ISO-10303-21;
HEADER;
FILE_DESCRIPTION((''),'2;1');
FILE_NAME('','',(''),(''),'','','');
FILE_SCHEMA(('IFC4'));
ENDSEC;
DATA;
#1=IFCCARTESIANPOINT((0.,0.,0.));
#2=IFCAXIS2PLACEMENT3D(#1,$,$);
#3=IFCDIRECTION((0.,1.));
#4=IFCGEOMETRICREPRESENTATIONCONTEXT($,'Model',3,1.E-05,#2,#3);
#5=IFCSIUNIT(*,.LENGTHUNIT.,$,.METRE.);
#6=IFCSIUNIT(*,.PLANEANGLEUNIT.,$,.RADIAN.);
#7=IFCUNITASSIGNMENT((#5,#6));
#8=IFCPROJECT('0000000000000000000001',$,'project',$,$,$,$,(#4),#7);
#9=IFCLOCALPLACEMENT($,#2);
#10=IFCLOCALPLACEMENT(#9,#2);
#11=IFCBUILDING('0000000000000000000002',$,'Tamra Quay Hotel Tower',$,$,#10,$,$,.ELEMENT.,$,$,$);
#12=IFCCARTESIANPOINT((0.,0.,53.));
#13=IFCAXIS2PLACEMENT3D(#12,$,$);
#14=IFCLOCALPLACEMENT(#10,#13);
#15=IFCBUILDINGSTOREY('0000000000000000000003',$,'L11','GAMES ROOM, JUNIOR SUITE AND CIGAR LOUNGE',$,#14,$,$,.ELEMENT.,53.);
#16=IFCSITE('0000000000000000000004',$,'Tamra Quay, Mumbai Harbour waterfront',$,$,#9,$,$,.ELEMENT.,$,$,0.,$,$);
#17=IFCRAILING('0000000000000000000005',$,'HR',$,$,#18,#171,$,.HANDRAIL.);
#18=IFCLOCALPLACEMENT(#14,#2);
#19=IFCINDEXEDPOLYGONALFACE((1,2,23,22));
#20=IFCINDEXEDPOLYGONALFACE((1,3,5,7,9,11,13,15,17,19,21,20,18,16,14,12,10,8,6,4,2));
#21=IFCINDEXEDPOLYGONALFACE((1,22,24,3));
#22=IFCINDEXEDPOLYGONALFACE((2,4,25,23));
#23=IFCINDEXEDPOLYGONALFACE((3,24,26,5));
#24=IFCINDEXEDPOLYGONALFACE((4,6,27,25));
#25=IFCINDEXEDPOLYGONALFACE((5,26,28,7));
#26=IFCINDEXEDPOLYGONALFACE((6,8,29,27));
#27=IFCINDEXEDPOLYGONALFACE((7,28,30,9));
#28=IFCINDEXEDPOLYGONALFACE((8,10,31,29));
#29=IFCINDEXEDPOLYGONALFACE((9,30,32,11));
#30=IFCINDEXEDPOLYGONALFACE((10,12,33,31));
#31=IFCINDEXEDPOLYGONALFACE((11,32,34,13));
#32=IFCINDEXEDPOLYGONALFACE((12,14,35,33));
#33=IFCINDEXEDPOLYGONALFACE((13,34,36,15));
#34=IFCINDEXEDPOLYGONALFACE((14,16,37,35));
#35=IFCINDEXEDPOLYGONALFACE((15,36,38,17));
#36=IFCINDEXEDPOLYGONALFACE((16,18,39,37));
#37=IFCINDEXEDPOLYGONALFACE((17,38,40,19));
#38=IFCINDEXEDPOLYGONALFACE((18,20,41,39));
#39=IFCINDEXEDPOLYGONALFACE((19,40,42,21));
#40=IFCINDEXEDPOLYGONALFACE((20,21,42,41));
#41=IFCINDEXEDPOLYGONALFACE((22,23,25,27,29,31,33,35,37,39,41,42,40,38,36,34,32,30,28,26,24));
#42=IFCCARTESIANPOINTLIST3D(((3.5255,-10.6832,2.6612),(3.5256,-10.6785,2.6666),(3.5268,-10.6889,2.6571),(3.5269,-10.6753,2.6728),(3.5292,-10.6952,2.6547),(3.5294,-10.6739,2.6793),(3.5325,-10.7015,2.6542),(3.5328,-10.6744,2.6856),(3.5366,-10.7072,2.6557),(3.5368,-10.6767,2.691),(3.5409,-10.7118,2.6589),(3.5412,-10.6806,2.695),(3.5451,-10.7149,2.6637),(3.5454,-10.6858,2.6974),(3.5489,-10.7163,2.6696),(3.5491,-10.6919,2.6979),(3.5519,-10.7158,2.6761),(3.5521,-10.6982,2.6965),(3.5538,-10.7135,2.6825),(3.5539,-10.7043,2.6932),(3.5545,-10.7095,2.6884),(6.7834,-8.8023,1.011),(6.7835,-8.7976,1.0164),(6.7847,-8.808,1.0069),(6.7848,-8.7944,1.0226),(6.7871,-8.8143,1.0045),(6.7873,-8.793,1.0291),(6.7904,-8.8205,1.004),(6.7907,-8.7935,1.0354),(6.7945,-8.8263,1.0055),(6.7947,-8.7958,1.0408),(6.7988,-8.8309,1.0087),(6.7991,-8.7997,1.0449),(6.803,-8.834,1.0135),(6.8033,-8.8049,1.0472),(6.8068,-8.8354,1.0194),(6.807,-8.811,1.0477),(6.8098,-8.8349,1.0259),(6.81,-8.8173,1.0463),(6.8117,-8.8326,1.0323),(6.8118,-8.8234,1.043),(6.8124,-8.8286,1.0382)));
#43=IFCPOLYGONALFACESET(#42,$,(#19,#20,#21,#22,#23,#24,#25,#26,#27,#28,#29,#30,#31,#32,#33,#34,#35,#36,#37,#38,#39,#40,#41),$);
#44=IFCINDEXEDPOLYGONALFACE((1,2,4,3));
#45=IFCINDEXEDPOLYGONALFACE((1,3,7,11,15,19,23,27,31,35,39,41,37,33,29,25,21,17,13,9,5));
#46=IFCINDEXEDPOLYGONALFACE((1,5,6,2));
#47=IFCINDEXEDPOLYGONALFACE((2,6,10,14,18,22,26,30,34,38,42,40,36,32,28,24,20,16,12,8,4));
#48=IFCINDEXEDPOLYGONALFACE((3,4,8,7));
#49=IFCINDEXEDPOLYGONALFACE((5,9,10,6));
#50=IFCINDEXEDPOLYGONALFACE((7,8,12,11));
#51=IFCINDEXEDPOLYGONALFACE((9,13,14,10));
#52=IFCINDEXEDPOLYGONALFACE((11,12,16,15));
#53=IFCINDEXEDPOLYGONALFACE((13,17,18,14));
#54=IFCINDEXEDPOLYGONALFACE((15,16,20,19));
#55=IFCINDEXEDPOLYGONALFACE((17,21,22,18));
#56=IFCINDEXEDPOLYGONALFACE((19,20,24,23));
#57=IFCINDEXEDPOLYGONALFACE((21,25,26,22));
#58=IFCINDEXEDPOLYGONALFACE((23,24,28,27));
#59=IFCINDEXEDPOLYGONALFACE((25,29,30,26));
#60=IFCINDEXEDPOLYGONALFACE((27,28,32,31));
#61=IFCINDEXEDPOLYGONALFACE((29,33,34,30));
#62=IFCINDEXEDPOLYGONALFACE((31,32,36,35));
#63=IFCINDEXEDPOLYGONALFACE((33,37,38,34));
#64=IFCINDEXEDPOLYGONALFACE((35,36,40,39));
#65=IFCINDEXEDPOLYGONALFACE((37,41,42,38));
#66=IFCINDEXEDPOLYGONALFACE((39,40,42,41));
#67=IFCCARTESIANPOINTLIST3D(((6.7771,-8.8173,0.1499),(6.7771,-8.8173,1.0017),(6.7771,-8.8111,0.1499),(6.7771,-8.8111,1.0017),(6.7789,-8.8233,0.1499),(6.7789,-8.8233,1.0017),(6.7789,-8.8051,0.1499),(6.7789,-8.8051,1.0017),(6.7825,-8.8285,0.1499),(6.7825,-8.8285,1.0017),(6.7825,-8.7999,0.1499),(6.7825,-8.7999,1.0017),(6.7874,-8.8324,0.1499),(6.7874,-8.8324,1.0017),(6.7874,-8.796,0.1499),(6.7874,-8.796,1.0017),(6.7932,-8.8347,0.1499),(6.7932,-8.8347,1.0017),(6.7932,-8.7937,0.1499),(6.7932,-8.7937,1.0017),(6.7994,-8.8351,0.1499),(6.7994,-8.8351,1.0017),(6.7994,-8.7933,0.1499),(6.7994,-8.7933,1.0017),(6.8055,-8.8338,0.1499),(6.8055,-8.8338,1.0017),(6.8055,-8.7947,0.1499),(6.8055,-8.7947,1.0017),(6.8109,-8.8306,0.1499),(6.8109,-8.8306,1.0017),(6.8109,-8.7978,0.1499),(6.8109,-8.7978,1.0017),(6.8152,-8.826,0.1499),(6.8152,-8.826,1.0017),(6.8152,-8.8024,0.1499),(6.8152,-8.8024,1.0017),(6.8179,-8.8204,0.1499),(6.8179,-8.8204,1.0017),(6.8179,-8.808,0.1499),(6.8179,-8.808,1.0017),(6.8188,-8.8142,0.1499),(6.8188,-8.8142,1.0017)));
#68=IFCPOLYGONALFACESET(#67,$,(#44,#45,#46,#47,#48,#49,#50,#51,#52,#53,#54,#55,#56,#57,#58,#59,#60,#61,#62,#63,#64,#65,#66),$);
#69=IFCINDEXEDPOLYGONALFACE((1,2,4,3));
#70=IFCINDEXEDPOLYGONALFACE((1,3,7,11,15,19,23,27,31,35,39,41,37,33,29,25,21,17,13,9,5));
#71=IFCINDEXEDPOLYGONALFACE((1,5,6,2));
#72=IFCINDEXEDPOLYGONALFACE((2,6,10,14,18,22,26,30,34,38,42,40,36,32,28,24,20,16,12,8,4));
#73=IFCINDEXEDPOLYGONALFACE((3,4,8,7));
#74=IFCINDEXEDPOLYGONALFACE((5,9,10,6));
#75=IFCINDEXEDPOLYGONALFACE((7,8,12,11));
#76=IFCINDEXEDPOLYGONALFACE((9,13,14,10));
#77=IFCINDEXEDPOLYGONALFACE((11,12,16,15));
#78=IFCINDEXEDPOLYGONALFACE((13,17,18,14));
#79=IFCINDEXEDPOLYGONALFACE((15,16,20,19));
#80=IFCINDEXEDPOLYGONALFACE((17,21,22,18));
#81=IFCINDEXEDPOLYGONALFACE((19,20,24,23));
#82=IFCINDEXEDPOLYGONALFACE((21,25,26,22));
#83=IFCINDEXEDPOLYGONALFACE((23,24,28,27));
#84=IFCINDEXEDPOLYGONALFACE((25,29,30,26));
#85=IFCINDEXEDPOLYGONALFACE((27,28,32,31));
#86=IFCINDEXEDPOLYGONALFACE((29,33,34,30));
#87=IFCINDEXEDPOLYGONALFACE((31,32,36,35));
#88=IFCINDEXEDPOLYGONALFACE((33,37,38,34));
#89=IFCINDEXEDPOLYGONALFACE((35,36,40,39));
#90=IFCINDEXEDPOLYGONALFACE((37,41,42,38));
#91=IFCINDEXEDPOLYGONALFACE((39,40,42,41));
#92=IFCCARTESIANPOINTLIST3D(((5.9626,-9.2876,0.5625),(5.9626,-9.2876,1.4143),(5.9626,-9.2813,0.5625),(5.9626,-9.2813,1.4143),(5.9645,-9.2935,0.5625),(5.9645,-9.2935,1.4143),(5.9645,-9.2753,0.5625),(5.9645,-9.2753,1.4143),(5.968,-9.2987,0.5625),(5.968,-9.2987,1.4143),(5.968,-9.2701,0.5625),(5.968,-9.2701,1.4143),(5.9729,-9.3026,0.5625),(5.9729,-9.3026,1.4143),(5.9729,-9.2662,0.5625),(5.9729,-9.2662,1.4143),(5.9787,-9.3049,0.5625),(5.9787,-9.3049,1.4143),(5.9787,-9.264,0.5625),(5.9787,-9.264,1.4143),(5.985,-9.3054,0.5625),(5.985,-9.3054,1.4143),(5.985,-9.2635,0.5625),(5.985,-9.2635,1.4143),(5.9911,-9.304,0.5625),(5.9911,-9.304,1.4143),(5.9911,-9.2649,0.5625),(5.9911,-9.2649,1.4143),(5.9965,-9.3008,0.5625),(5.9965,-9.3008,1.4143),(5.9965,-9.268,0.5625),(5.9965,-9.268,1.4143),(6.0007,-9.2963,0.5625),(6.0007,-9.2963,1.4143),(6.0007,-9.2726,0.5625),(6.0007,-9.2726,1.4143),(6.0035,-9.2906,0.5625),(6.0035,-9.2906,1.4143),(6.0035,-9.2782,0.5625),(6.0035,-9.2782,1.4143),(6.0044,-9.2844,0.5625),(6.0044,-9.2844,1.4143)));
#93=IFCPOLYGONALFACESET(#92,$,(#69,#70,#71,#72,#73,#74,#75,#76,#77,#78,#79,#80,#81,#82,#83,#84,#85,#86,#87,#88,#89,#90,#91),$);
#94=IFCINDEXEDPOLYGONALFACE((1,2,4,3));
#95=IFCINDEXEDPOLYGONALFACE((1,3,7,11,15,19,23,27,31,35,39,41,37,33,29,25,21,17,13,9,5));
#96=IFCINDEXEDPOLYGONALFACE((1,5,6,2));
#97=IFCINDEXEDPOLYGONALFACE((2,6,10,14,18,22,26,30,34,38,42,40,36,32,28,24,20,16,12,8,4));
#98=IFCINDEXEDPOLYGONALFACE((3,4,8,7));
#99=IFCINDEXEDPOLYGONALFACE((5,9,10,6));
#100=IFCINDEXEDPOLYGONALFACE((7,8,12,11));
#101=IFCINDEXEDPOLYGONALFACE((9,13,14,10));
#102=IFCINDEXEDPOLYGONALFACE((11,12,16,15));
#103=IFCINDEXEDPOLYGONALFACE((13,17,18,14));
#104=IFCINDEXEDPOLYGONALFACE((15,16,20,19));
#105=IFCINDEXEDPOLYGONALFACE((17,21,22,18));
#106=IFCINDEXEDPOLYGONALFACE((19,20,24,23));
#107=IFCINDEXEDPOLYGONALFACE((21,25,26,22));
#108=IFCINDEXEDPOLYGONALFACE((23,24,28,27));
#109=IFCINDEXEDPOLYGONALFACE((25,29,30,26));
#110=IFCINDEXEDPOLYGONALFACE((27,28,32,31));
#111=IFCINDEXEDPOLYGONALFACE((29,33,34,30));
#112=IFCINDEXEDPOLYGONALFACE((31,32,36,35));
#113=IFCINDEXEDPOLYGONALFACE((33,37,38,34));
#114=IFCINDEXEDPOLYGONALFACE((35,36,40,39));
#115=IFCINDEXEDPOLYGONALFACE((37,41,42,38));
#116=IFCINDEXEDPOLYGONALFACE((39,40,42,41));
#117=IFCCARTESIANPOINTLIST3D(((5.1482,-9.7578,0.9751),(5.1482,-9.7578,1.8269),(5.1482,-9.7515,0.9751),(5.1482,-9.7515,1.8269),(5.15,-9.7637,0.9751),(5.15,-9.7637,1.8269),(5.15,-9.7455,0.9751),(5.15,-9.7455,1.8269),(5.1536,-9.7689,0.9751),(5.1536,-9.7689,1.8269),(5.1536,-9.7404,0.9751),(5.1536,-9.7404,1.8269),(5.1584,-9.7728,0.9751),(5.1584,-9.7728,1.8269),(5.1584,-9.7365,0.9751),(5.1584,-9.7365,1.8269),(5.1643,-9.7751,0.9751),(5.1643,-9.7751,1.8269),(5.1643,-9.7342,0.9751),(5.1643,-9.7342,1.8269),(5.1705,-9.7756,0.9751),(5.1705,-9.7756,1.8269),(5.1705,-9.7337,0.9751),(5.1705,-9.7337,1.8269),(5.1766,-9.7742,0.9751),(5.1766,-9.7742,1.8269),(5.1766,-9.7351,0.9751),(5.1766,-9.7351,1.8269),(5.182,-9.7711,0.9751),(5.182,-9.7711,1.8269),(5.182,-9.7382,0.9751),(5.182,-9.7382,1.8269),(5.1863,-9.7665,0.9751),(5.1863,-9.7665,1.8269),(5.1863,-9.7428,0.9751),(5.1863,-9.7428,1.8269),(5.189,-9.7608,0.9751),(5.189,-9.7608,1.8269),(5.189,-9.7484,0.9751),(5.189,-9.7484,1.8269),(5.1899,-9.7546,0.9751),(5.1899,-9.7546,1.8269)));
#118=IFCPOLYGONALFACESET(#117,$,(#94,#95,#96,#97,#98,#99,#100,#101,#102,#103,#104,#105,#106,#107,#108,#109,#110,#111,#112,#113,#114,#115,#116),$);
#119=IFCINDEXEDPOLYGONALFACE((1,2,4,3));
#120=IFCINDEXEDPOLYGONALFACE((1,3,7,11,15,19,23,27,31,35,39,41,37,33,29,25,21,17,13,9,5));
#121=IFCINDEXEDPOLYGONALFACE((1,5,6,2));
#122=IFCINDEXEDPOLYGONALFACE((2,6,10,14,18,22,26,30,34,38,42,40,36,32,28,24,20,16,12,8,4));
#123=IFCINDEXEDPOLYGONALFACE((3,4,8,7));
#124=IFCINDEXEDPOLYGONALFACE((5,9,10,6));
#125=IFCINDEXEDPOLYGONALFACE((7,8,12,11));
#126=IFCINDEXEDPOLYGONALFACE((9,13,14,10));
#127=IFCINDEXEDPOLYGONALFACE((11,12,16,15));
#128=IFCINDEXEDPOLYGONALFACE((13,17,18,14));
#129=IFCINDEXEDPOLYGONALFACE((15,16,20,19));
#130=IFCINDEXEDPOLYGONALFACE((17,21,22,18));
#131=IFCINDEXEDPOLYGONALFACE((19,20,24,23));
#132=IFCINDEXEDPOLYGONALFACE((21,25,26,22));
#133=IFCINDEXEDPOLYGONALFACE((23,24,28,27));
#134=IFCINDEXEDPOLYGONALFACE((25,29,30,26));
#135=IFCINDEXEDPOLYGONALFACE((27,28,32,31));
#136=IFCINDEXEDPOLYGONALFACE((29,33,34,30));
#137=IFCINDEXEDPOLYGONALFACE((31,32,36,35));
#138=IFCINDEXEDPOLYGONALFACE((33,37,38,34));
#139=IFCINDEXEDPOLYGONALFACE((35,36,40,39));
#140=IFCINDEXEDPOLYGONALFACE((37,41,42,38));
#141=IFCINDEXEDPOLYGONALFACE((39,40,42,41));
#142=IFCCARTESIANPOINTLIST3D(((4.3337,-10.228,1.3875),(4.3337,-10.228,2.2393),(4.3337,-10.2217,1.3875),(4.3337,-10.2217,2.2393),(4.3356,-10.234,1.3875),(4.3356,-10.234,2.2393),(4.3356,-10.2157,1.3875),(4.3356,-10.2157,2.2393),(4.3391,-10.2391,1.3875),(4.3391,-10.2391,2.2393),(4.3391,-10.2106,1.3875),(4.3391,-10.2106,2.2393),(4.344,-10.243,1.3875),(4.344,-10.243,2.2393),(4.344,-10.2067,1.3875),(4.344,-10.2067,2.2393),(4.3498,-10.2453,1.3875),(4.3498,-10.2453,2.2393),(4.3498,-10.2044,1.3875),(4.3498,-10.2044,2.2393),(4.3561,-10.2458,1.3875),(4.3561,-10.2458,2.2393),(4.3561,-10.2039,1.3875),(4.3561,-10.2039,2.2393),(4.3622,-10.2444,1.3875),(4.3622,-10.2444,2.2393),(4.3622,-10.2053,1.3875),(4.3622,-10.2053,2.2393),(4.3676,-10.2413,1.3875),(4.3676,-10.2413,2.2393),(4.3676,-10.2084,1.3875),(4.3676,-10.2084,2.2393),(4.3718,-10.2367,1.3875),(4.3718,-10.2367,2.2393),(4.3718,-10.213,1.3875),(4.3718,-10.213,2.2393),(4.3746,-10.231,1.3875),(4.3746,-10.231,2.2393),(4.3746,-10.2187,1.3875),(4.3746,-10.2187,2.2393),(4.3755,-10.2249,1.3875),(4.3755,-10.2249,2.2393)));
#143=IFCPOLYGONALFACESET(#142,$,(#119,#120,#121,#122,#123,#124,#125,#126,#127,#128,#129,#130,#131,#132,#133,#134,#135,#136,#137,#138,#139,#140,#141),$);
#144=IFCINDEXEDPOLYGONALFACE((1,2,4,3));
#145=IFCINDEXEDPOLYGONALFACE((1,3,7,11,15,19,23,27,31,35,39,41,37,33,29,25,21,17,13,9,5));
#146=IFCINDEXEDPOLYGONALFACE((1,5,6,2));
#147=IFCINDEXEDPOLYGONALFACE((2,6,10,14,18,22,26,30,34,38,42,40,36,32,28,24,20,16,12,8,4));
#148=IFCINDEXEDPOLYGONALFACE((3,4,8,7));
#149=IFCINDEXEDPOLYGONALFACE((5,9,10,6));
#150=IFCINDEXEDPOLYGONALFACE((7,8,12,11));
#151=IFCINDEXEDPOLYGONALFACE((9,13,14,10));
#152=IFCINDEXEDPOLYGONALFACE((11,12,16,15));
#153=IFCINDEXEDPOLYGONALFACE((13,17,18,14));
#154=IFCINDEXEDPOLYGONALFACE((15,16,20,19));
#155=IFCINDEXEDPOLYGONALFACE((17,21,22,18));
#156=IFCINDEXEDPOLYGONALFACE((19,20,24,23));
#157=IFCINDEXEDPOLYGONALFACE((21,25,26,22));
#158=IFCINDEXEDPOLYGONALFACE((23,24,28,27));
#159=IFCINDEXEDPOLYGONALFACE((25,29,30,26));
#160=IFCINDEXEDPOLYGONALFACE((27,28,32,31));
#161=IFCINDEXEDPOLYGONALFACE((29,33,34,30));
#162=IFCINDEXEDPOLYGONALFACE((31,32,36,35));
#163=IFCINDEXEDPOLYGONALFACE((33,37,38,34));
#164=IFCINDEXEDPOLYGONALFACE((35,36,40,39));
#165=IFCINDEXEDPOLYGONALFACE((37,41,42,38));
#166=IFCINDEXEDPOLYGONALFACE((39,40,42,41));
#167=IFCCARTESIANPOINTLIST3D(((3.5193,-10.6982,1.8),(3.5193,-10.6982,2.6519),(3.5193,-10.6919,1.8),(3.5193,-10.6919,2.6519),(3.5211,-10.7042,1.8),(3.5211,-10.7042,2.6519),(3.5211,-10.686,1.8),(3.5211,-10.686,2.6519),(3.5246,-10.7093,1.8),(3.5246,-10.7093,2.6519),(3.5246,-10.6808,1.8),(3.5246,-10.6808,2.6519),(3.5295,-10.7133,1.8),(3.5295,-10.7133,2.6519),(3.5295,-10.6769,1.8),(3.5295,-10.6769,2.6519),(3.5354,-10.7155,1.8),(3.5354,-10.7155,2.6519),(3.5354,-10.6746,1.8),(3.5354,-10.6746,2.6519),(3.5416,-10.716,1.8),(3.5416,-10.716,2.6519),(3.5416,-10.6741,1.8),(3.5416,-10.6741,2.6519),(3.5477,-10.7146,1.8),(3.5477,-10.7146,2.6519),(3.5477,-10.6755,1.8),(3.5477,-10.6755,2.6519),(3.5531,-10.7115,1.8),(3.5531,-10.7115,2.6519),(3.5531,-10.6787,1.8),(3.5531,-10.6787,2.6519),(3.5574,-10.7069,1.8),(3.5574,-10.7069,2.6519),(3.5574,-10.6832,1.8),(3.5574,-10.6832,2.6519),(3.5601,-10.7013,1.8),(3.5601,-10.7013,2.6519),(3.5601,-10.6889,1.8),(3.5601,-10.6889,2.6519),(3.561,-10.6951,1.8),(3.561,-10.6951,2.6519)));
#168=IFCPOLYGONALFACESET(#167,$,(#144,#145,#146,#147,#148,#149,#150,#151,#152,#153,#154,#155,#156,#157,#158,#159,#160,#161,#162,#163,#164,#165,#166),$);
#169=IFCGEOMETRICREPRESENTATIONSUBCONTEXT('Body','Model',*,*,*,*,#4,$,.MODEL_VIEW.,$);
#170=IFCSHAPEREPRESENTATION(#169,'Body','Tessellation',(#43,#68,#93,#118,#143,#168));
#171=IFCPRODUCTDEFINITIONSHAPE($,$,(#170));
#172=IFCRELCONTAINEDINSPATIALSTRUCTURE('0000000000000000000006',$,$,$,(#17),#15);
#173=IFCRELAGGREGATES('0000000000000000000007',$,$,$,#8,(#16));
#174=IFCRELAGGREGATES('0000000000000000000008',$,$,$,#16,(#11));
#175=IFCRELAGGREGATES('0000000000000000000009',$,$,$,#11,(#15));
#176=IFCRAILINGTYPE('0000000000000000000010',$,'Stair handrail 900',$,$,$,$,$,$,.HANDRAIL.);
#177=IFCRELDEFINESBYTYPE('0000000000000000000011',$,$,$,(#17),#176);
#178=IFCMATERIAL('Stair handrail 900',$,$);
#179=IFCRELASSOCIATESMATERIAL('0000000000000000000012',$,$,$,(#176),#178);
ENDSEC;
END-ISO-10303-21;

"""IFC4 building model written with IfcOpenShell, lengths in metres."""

from ifc_helpers import new_model, si_unit, direction, frame, origin, origin_2d, place, context, subcontext, project, spatial, circle, extrude, material, type_object, element, save


model = new_model("IFC4")

# Units and contexts
model_context = context("Model", 3, precision=1e-05, world=origin(), true_north=direction((0.0, 1.0)))
body_context = subcontext(model_context, "Body", "Model", "MODEL_VIEW")
ifc_project = project(units=[si_unit("LENGTHUNIT", "METRE"), si_unit("PLANEANGLEUNIT", "RADIAN")], contexts=[model_context])

# Site, building, storey
site_placement = place(None, origin())
site = spatial("IfcSite", under=ifc_project, at=site_placement, Name="Tamra Quay, Mumbai Harbour waterfront", CompositionType="ELEMENT", RefElevation=0.0)
building_placement = place(site_placement, origin())
building = spatial("IfcBuilding", under=site, at=building_placement, Name="Tamra Quay Hotel Tower", CompositionType="ELEMENT")
storey_placement = place(building_placement, frame((0.0, 0.0, 53.0)))
storey = spatial("IfcBuildingStorey", under=building, at=storey_placement, Name="L11", Description="GAMES ROOM, JUNIOR SUITE AND CIGAR LOUNGE", CompositionType="ELEMENT", Elevation=53.0)

# Railing
ifc_material_1 = material(Name="Stair handrail 900")
railing_type_1 = type_object("IfcRailingType", Name="Stair handrail 900", PredefinedType="HANDRAIL", material=ifc_material_1)
railing_1_placement = place(storey_placement, frame((6.7979, -8.8142, 0.1499)))
element("IfcRailing", 1, at=railing_1_placement, inside=storey, type_object=railing_type_1, Name="HR", PredefinedType="HANDRAIL", context=body_context, shape_type="SweptSolid", body=[
    extrude(circle(Radius=0.0239, at=origin_2d()), frame((0.0, 0.0, 0.876), z_axis=(-0.793081, -0.457876, 0.401711), x_axis=(0.499992, -0.86603, 0.0)), (0.0, 0.0, 1.0), 4.1079),
    extrude(circle(Radius=0.021, at=origin_2d()), origin(), (0.0, 0.0, 1.0), 0.8518),
    extrude(circle(Radius=0.021, at=origin_2d()), frame((-0.8145, -0.4702, 0.4126)), (0.0, 0.0, 1.0), 0.8518),
    extrude(circle(Radius=0.021, at=origin_2d()), frame((-1.6289, -0.9404, 0.8252)), (0.0, 0.0, 1.0), 0.8518),
    extrude(circle(Radius=0.021, at=origin_2d()), frame((-2.4434, -1.4106, 1.2375)), (0.0, 0.0, 1.0), 0.8518),
    extrude(circle(Radius=0.021, at=origin_2d()), frame((-3.2578, -1.8809, 1.6501)), (0.0, 0.0, 1.0), 0.8518),
])

save(model, "model.ifc")
